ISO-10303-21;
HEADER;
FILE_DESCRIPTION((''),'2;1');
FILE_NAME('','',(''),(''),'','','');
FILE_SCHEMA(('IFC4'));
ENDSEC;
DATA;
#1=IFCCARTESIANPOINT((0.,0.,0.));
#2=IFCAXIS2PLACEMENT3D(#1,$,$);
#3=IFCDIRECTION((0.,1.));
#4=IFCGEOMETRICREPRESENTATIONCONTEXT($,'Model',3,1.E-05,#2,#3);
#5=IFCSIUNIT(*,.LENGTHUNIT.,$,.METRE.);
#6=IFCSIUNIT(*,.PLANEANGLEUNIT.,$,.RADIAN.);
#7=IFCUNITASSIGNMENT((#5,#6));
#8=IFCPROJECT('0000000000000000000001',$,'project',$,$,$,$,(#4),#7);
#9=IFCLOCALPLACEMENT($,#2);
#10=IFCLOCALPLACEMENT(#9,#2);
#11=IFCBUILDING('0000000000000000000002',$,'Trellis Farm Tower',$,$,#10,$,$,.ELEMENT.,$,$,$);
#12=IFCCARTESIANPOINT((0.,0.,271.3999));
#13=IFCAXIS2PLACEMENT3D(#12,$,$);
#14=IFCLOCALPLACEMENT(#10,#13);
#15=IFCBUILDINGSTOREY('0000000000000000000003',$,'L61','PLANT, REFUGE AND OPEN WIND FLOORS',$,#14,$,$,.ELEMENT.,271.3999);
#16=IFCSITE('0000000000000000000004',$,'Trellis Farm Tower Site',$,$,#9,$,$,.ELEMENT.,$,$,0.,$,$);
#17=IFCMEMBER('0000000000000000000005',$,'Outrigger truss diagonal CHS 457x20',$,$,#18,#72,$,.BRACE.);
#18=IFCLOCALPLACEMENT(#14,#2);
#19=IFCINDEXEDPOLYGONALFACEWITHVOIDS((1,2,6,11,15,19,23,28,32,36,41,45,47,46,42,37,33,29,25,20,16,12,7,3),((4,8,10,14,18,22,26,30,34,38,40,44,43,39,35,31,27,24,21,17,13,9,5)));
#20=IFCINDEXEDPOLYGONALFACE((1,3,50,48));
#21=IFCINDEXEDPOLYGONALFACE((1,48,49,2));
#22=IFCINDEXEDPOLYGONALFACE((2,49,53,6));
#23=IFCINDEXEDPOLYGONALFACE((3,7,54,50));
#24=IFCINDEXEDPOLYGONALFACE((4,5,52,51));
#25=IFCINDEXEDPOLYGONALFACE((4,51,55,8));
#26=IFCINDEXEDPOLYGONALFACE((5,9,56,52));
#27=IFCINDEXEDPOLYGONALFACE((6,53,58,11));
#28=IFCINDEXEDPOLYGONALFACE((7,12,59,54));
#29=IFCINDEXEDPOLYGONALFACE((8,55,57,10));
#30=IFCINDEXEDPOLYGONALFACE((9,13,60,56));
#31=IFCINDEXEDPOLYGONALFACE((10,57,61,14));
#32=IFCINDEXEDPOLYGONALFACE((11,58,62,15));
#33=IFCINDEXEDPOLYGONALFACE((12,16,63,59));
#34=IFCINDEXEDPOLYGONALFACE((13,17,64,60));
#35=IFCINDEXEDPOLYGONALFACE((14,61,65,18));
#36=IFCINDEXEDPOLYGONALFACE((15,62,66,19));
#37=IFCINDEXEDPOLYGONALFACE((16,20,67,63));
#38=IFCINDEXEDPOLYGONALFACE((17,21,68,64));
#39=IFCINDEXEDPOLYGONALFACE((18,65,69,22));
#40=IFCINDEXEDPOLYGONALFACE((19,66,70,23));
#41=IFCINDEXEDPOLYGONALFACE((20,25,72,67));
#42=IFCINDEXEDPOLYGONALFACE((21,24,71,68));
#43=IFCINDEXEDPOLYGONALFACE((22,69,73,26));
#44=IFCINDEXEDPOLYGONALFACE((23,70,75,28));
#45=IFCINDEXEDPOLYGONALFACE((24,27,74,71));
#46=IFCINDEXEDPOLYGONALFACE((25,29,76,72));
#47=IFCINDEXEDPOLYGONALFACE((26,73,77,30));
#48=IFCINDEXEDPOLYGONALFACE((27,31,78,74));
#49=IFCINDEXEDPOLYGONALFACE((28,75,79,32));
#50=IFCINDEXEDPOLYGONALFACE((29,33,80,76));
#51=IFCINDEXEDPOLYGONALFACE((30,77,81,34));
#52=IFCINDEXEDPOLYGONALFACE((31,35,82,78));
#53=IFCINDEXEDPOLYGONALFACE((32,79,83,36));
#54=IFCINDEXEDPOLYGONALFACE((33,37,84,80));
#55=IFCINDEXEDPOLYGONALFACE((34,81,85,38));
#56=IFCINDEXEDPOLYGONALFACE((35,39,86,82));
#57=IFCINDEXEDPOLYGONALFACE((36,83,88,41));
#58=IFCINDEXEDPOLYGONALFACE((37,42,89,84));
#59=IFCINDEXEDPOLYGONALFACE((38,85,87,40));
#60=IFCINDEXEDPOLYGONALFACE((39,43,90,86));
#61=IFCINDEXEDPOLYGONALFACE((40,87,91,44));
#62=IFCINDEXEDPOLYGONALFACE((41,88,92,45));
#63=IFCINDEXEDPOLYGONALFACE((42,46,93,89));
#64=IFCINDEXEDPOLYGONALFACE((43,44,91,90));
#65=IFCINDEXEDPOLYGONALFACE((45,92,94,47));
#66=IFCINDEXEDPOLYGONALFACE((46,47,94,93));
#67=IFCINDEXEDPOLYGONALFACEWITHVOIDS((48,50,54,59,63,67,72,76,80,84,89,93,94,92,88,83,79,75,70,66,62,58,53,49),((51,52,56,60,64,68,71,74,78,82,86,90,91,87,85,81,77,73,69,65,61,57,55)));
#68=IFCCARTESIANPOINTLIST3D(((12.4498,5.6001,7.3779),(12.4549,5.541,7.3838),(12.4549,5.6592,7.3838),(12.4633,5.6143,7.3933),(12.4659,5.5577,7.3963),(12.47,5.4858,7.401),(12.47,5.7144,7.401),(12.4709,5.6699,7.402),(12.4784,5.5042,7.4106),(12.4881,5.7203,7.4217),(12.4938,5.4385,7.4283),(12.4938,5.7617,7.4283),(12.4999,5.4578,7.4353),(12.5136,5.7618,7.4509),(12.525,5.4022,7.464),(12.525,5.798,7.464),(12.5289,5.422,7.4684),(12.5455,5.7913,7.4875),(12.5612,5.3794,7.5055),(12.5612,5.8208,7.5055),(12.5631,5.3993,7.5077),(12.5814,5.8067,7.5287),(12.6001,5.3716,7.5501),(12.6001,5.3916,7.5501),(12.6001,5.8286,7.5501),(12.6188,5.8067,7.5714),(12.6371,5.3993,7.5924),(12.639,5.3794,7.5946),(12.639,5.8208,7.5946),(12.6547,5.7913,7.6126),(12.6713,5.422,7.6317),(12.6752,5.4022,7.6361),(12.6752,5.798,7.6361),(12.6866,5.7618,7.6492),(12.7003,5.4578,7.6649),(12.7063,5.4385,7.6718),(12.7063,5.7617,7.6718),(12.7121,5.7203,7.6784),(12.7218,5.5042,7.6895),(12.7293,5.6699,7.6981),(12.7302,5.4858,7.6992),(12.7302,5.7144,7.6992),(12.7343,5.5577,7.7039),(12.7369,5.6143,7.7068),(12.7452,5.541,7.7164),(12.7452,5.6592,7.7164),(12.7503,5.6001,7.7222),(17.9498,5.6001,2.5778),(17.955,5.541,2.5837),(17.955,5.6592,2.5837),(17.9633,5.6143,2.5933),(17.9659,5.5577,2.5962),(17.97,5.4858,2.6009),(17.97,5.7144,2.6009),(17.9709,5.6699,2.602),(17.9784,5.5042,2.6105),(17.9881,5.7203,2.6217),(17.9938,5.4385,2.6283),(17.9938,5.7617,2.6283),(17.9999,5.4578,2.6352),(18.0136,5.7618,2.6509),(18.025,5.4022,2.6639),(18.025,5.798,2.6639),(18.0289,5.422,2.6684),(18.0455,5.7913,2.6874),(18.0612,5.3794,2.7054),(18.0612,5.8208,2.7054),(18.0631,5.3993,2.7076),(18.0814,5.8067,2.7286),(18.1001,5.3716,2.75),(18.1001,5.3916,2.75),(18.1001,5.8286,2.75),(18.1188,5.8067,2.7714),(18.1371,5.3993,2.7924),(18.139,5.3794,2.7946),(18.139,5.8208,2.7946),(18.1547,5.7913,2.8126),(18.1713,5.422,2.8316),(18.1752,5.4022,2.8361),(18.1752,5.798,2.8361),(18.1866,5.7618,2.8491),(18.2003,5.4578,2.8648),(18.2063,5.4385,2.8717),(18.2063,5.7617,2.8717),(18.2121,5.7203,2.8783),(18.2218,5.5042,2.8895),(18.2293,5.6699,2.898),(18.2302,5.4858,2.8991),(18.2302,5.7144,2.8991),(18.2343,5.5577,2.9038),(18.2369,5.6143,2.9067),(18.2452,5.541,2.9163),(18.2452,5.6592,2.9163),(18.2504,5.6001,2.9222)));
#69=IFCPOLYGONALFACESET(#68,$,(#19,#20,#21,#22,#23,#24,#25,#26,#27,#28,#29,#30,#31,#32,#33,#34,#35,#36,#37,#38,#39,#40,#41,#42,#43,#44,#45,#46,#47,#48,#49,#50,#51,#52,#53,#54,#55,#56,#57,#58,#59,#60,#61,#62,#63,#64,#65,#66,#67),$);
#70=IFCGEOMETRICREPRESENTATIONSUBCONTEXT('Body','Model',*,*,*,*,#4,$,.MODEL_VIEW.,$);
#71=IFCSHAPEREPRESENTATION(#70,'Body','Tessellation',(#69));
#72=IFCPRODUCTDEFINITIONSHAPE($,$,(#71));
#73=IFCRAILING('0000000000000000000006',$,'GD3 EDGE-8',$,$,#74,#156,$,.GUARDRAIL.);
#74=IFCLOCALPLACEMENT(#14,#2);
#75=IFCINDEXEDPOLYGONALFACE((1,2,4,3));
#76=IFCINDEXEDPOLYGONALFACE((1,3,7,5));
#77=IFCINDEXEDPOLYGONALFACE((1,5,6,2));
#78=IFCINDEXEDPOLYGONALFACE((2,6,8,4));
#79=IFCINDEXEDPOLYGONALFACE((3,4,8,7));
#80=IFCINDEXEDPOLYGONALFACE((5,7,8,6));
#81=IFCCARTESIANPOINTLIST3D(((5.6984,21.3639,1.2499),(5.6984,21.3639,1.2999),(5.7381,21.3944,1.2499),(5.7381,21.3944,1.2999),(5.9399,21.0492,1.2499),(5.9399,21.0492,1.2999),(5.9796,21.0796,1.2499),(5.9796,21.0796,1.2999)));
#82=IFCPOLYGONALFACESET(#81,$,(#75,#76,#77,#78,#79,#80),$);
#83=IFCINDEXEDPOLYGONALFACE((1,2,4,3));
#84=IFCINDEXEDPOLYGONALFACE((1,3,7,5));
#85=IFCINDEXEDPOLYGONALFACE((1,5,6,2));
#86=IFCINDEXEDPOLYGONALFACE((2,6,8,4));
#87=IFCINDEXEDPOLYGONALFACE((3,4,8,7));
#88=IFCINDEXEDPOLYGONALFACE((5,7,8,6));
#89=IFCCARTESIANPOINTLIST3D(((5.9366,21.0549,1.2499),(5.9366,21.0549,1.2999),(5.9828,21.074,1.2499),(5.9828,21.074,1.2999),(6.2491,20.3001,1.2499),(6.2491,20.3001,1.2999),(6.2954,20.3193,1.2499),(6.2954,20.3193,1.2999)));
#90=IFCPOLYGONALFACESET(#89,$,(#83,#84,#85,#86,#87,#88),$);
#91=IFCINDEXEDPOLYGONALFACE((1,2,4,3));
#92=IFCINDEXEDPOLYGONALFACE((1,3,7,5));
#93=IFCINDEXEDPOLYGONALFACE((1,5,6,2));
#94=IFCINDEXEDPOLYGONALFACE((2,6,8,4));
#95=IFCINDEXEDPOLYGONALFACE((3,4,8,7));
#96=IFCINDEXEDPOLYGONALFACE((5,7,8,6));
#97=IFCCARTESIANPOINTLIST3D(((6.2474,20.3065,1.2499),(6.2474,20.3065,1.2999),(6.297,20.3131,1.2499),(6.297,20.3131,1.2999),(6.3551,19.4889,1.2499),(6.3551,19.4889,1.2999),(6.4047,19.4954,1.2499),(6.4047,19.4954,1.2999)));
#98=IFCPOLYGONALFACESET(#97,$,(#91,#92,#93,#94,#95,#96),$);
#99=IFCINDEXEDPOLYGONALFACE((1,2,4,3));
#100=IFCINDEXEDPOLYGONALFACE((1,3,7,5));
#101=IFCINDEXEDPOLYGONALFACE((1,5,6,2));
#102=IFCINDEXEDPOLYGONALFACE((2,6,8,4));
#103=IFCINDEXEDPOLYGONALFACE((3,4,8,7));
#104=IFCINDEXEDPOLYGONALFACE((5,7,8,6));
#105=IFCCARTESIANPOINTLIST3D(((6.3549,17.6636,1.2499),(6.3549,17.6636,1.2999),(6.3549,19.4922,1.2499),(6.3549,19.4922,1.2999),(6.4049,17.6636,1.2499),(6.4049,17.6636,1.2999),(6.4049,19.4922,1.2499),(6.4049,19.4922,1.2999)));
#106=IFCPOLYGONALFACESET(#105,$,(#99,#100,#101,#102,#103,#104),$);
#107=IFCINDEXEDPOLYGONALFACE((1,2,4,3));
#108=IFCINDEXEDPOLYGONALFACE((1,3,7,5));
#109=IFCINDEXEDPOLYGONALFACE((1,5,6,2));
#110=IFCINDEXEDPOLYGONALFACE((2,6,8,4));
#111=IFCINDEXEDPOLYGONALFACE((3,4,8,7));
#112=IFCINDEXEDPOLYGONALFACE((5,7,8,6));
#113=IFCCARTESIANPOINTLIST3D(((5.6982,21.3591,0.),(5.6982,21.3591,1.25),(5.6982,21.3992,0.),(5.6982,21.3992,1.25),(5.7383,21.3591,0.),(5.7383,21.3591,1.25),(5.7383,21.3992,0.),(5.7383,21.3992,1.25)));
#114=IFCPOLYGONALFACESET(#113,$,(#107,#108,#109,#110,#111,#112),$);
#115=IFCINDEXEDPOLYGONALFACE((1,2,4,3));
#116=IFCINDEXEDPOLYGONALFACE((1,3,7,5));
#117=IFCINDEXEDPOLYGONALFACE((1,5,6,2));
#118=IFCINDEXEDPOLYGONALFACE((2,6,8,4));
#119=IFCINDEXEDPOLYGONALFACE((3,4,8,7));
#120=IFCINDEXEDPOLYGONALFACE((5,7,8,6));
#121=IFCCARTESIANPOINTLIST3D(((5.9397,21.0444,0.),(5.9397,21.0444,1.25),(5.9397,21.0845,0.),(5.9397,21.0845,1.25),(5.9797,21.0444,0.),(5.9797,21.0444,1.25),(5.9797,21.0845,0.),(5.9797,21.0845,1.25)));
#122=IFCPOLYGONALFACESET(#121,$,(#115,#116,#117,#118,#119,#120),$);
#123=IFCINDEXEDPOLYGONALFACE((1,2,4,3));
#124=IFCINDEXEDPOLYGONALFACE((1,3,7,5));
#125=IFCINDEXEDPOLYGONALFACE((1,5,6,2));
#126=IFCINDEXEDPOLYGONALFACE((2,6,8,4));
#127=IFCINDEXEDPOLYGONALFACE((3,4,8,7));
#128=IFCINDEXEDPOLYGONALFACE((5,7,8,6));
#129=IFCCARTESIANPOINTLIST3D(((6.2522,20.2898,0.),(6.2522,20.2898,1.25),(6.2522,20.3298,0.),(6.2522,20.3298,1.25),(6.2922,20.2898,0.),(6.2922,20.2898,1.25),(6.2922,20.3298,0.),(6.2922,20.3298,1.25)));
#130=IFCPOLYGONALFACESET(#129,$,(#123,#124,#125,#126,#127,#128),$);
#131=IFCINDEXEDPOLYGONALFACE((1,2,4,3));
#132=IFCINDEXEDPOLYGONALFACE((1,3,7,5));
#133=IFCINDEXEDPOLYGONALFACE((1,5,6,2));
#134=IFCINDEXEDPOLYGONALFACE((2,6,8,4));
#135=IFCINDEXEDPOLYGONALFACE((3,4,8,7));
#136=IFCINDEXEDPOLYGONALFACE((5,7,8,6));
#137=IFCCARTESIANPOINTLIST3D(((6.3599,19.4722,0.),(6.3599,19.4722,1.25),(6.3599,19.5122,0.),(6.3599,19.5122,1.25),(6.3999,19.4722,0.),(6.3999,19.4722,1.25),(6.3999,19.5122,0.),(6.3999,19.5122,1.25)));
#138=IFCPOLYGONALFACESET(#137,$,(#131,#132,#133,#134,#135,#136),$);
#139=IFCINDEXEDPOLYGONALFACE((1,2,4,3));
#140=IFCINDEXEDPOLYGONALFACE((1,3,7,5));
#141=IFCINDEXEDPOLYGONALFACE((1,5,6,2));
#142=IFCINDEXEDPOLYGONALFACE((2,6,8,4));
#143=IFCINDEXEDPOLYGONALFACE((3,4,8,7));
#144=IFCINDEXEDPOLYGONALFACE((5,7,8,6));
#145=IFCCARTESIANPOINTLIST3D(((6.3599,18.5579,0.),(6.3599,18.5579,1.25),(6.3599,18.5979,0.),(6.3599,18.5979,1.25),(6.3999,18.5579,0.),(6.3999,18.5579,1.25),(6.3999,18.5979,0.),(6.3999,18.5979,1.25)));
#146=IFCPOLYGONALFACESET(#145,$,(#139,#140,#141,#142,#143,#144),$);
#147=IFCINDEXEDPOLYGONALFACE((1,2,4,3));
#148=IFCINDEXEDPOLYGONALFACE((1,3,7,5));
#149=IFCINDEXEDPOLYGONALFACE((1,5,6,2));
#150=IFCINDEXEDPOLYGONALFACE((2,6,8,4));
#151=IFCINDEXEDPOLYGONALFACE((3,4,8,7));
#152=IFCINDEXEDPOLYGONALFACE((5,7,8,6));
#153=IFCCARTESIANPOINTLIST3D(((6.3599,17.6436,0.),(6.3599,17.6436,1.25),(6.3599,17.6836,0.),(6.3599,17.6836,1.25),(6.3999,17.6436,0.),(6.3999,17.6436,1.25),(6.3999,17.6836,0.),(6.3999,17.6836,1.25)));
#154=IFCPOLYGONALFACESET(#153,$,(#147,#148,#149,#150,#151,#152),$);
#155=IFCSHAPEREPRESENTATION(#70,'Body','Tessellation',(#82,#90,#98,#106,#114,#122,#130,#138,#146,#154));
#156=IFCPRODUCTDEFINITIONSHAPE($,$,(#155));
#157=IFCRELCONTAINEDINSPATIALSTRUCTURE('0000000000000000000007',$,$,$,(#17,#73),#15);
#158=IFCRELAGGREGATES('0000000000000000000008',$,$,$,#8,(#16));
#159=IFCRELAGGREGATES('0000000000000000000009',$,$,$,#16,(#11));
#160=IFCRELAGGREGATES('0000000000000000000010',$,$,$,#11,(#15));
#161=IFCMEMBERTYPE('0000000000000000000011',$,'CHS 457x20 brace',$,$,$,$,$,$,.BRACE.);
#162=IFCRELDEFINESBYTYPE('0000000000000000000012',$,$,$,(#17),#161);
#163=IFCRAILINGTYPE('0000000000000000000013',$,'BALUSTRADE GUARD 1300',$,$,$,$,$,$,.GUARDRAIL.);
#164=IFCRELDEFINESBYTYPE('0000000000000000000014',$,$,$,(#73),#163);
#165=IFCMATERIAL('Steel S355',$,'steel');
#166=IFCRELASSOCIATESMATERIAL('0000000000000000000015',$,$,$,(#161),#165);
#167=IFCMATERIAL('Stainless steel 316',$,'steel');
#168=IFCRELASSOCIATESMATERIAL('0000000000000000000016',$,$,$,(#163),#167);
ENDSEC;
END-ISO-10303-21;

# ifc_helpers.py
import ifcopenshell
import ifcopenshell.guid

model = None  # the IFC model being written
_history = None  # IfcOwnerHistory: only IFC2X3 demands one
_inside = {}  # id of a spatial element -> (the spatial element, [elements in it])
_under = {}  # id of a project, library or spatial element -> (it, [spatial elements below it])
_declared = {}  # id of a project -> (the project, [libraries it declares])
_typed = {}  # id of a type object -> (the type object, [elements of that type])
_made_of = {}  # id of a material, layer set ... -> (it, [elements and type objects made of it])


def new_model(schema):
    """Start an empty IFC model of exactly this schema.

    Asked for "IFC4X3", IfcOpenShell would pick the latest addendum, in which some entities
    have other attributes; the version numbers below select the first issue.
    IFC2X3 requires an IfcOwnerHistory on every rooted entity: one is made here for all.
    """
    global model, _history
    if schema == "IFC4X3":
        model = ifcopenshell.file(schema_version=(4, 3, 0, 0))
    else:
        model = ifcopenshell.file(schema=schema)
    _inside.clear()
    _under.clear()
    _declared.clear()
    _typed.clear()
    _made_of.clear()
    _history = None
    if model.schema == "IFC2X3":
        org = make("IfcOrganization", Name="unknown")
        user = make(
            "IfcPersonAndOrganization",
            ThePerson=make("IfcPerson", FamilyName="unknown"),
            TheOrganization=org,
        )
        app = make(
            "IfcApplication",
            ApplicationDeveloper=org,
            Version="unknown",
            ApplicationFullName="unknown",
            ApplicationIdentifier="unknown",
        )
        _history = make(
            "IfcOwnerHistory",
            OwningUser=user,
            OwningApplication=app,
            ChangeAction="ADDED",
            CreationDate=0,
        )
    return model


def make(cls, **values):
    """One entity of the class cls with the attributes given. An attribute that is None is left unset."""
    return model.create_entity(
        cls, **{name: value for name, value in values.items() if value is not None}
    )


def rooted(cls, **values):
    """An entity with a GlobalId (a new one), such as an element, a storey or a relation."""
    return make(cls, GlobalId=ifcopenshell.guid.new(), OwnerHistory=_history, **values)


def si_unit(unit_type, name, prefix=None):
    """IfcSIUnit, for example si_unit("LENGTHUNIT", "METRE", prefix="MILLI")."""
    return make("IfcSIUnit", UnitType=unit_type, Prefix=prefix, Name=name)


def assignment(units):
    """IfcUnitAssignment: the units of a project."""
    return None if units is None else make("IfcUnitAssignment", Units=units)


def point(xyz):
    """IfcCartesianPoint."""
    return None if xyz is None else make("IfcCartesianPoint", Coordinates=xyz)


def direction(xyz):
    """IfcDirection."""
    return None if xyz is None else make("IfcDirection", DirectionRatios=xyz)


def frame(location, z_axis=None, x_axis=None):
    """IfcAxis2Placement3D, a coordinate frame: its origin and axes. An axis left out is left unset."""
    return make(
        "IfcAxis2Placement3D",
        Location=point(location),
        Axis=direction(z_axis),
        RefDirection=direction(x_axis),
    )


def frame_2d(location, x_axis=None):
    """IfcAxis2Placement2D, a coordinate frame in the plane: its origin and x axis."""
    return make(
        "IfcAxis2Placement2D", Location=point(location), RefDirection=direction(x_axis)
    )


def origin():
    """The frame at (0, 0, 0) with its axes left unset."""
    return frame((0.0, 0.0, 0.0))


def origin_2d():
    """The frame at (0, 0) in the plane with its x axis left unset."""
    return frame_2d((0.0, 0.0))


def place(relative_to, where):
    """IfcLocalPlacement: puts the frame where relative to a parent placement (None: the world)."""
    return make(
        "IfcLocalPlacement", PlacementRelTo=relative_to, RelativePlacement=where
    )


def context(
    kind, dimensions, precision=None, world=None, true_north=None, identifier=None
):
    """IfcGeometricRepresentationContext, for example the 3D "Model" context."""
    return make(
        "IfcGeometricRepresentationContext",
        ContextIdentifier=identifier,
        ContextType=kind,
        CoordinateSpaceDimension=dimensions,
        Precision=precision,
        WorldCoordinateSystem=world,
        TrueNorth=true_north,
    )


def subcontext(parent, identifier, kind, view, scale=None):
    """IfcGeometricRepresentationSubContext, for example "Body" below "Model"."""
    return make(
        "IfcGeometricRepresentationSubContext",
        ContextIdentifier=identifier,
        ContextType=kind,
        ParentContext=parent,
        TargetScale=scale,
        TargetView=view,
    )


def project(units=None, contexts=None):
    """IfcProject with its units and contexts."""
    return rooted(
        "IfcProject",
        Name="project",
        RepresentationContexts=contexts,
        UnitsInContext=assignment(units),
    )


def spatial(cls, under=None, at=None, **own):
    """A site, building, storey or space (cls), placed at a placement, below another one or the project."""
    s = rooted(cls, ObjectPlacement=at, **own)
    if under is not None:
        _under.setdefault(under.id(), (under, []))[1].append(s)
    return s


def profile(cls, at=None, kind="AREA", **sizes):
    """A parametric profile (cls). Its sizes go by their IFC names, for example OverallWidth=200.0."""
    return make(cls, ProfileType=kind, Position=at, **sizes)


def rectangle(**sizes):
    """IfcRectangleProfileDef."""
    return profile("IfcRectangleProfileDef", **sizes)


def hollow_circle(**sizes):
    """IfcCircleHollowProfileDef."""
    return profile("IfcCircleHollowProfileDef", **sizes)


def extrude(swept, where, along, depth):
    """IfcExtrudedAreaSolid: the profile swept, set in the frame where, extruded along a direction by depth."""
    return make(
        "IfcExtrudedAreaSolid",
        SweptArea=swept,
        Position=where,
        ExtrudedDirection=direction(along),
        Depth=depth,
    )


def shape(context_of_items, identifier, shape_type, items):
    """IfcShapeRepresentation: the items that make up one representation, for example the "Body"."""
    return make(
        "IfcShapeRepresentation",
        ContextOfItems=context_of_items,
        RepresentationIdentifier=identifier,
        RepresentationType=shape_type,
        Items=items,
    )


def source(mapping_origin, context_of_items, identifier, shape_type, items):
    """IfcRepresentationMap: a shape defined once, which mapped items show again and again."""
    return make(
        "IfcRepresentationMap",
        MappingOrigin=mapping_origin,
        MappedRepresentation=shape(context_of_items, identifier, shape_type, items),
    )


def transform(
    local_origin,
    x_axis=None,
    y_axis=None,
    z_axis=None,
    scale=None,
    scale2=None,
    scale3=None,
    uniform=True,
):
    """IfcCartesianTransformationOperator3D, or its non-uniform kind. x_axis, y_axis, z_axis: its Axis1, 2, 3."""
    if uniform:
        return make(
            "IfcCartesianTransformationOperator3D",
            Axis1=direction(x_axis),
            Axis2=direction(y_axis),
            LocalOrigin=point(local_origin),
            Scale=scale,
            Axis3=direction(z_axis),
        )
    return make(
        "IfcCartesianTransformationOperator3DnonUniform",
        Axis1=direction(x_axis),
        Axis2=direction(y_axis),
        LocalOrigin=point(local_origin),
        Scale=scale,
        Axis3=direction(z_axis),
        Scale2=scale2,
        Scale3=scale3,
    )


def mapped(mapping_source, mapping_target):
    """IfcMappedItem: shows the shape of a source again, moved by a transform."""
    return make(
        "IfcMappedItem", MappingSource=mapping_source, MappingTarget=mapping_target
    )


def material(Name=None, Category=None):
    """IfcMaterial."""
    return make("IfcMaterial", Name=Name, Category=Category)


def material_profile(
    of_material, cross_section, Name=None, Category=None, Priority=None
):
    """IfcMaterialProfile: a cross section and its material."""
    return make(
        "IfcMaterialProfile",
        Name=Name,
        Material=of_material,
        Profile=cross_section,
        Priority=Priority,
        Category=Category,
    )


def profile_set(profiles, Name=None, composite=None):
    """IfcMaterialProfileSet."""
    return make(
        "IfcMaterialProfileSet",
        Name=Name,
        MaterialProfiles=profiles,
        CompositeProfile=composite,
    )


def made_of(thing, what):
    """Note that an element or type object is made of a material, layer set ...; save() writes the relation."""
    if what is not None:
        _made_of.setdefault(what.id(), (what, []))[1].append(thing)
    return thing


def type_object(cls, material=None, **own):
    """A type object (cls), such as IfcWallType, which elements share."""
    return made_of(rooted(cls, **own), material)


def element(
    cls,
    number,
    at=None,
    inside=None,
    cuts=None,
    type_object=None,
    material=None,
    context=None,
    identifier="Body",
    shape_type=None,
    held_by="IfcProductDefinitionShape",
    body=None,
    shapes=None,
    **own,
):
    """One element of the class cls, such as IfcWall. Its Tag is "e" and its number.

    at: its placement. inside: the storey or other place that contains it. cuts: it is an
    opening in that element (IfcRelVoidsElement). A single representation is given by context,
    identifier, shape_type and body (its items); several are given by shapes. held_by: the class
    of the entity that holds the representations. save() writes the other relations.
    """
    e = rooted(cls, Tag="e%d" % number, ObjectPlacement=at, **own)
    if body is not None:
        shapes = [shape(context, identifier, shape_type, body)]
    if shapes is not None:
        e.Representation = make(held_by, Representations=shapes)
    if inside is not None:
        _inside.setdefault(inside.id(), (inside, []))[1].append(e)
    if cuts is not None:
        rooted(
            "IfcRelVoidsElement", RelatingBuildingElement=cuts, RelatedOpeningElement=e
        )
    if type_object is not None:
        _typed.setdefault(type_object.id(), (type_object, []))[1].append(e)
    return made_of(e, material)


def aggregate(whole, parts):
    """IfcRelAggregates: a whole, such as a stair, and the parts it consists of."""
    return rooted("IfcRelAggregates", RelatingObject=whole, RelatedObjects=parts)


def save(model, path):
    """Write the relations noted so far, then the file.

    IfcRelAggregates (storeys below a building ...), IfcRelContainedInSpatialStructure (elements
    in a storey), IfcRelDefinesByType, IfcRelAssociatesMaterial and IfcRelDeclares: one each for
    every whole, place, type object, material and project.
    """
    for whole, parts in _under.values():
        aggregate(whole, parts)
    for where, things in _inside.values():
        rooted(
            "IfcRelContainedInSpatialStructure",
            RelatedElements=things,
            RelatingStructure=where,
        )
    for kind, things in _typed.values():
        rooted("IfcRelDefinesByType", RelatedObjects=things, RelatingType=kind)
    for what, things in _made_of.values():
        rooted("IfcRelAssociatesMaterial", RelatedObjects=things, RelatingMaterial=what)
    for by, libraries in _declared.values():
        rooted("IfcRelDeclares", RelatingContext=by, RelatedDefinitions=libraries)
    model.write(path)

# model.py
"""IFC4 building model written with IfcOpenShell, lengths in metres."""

from ifc_helpers import new_model, si_unit, direction, frame, origin, origin_2d, place, context, subcontext, project, spatial, rectangle, hollow_circle, extrude, source, transform, mapped, material, material_profile, profile_set, type_object, element, save


model = new_model("IFC4")

# Units and contexts
model_context = context("Model", 3, precision=1e-05, world=origin(), true_north=direction((0.0, 1.0)))
body_context = subcontext(model_context, "Body", "Model", "MODEL_VIEW")
ifc_project = project(units=[si_unit("LENGTHUNIT", "METRE"), si_unit("PLANEANGLEUNIT", "RADIAN")], contexts=[model_context])

# Site, building, storey
site_placement = place(None, origin())
site = spatial("IfcSite", under=ifc_project, at=site_placement, Name="Trellis Farm Tower Site", CompositionType="ELEMENT", RefElevation=0.0)
building_placement = place(site_placement, origin())
building = spatial("IfcBuilding", under=site, at=building_placement, Name="Trellis Farm Tower", CompositionType="ELEMENT")
storey_placement = place(building_placement, frame((0.0, 0.0, 271.3999)))
storey = spatial("IfcBuildingStorey", under=building, at=storey_placement, Name="L61", Description="PLANT, REFUGE AND OPEN WIND FLOORS", CompositionType="ELEMENT", Elevation=271.3999)

# Shared definitions
ifc_material_1 = material(Name="Steel S355", Category="steel")

# Member
ifc_material_profile_1 = material_profile(ifc_material_1, hollow_circle(Radius=0.2285, WallThickness=0.02, at=origin_2d()), Name="CHS 457x20")
ifc_profile_set_1 = profile_set([ifc_material_profile_1], Name="Steel S355")
member_type = type_object("IfcMemberType", Name="CHS 457x20 brace", PredefinedType="BRACE", material=ifc_profile_set_1)
shared_shape_1 = source(origin(), body_context, "Body", "SweptSolid", [
    extrude(hollow_circle(Radius=0.2285, WallThickness=0.02, at=origin_2d()), origin(), (0.0, 0.0, 1.0), 7.3),
])
for number, where, z_axis, x_axis, name in (
    (1, (18.1001, 5.6001, 2.75), (-0.753421, 0.0, 0.657538), (0.0, -1.0, 0.0), "Outrigger truss diagonal CHS 457x20"),
):
    element("IfcMember", number, at=place(storey_placement, frame(where, z_axis=z_axis, x_axis=x_axis)), inside=storey, type_object=member_type, Name=name, PredefinedType="BRACE", context=body_context, shape_type="MappedRepresentation", body=[
        mapped(shared_shape_1, transform((0.0, 0.0, 0.0))),
    ])

# Railing
ifc_material_2 = material(Name="Stainless steel 316", Category="steel")
railing_type = type_object("IfcRailingType", Name="BALUSTRADE GUARD 1300", PredefinedType="GUARDRAIL", material=ifc_material_2)
railing_1_placement = place(storey_placement, frame((5.7183, 21.3792, 0.0)))
element("IfcRailing", 2, at=railing_1_placement, inside=storey, type_object=railing_type, Name="GD3 EDGE-8", PredefinedType="GUARDRAIL", context=body_context, shape_type="SweptSolid", body=[
    extrude(rectangle(XDim=0.05, YDim=0.05, at=origin_2d()), frame((0.0, 0.0, 1.2749), z_axis=(0.608729, -0.793378, 0.0), x_axis=(0.793378, 0.608729, 0.0)), (0.0, 0.0, 1.0), 0.3967),
    extrude(rectangle(XDim=0.05, YDim=0.05, at=origin_2d()), frame((0.2415, -0.3147, 1.2749), z_axis=(0.382598, -0.923915, 0.0), x_axis=(0.923915, 0.382598, 0.0)), (0.0, 0.0, 1.0), 0.8169),
    extrude(rectangle(XDim=0.05, YDim=0.05, at=origin_2d()), frame((0.554, -1.0693, 1.2749), z_axis=(0.130554, -0.991441, 0.0), x_axis=(0.991441, 0.130554, 0.0)), (0.0, 0.0, 1.0), 0.8247),
    extrude(rectangle(XDim=0.05, YDim=0.05, at=origin_2d()), frame((0.6616, -1.887, 1.2749), z_axis=(0.0, -1.0, 0.0), x_axis=(1.0, 0.0, 0.0)), (0.0, 0.0, 1.0), 1.8286),
    extrude(rectangle(XDim=0.04, YDim=0.04, at=origin_2d()), origin(), (0.0, 0.0, 1.0), 1.25),
    extrude(rectangle(XDim=0.04, YDim=0.04, at=origin_2d()), frame((0.2415, -0.3147, 0.0)), (0.0, 0.0, 1.0), 1.25),
    extrude(rectangle(XDim=0.04, YDim=0.04, at=origin_2d()), frame((0.554, -1.0693, 0.0)), (0.0, 0.0, 1.0), 1.25),
    extrude(rectangle(XDim=0.04, YDim=0.04, at=origin_2d()), frame((0.6616, -1.887, 0.0)), (0.0, 0.0, 1.0), 1.25),
    extrude(rectangle(XDim=0.04, YDim=0.04, at=origin_2d()), frame((0.6616, -2.8013, 0.0)), (0.0, 0.0, 1.0), 1.25),
    extrude(rectangle(XDim=0.04, YDim=0.04, at=origin_2d()), frame((0.6616, -3.7156, 0.0)), (0.0, 0.0, 1.0), 1.25),
])

save(model, "model.ifc")
